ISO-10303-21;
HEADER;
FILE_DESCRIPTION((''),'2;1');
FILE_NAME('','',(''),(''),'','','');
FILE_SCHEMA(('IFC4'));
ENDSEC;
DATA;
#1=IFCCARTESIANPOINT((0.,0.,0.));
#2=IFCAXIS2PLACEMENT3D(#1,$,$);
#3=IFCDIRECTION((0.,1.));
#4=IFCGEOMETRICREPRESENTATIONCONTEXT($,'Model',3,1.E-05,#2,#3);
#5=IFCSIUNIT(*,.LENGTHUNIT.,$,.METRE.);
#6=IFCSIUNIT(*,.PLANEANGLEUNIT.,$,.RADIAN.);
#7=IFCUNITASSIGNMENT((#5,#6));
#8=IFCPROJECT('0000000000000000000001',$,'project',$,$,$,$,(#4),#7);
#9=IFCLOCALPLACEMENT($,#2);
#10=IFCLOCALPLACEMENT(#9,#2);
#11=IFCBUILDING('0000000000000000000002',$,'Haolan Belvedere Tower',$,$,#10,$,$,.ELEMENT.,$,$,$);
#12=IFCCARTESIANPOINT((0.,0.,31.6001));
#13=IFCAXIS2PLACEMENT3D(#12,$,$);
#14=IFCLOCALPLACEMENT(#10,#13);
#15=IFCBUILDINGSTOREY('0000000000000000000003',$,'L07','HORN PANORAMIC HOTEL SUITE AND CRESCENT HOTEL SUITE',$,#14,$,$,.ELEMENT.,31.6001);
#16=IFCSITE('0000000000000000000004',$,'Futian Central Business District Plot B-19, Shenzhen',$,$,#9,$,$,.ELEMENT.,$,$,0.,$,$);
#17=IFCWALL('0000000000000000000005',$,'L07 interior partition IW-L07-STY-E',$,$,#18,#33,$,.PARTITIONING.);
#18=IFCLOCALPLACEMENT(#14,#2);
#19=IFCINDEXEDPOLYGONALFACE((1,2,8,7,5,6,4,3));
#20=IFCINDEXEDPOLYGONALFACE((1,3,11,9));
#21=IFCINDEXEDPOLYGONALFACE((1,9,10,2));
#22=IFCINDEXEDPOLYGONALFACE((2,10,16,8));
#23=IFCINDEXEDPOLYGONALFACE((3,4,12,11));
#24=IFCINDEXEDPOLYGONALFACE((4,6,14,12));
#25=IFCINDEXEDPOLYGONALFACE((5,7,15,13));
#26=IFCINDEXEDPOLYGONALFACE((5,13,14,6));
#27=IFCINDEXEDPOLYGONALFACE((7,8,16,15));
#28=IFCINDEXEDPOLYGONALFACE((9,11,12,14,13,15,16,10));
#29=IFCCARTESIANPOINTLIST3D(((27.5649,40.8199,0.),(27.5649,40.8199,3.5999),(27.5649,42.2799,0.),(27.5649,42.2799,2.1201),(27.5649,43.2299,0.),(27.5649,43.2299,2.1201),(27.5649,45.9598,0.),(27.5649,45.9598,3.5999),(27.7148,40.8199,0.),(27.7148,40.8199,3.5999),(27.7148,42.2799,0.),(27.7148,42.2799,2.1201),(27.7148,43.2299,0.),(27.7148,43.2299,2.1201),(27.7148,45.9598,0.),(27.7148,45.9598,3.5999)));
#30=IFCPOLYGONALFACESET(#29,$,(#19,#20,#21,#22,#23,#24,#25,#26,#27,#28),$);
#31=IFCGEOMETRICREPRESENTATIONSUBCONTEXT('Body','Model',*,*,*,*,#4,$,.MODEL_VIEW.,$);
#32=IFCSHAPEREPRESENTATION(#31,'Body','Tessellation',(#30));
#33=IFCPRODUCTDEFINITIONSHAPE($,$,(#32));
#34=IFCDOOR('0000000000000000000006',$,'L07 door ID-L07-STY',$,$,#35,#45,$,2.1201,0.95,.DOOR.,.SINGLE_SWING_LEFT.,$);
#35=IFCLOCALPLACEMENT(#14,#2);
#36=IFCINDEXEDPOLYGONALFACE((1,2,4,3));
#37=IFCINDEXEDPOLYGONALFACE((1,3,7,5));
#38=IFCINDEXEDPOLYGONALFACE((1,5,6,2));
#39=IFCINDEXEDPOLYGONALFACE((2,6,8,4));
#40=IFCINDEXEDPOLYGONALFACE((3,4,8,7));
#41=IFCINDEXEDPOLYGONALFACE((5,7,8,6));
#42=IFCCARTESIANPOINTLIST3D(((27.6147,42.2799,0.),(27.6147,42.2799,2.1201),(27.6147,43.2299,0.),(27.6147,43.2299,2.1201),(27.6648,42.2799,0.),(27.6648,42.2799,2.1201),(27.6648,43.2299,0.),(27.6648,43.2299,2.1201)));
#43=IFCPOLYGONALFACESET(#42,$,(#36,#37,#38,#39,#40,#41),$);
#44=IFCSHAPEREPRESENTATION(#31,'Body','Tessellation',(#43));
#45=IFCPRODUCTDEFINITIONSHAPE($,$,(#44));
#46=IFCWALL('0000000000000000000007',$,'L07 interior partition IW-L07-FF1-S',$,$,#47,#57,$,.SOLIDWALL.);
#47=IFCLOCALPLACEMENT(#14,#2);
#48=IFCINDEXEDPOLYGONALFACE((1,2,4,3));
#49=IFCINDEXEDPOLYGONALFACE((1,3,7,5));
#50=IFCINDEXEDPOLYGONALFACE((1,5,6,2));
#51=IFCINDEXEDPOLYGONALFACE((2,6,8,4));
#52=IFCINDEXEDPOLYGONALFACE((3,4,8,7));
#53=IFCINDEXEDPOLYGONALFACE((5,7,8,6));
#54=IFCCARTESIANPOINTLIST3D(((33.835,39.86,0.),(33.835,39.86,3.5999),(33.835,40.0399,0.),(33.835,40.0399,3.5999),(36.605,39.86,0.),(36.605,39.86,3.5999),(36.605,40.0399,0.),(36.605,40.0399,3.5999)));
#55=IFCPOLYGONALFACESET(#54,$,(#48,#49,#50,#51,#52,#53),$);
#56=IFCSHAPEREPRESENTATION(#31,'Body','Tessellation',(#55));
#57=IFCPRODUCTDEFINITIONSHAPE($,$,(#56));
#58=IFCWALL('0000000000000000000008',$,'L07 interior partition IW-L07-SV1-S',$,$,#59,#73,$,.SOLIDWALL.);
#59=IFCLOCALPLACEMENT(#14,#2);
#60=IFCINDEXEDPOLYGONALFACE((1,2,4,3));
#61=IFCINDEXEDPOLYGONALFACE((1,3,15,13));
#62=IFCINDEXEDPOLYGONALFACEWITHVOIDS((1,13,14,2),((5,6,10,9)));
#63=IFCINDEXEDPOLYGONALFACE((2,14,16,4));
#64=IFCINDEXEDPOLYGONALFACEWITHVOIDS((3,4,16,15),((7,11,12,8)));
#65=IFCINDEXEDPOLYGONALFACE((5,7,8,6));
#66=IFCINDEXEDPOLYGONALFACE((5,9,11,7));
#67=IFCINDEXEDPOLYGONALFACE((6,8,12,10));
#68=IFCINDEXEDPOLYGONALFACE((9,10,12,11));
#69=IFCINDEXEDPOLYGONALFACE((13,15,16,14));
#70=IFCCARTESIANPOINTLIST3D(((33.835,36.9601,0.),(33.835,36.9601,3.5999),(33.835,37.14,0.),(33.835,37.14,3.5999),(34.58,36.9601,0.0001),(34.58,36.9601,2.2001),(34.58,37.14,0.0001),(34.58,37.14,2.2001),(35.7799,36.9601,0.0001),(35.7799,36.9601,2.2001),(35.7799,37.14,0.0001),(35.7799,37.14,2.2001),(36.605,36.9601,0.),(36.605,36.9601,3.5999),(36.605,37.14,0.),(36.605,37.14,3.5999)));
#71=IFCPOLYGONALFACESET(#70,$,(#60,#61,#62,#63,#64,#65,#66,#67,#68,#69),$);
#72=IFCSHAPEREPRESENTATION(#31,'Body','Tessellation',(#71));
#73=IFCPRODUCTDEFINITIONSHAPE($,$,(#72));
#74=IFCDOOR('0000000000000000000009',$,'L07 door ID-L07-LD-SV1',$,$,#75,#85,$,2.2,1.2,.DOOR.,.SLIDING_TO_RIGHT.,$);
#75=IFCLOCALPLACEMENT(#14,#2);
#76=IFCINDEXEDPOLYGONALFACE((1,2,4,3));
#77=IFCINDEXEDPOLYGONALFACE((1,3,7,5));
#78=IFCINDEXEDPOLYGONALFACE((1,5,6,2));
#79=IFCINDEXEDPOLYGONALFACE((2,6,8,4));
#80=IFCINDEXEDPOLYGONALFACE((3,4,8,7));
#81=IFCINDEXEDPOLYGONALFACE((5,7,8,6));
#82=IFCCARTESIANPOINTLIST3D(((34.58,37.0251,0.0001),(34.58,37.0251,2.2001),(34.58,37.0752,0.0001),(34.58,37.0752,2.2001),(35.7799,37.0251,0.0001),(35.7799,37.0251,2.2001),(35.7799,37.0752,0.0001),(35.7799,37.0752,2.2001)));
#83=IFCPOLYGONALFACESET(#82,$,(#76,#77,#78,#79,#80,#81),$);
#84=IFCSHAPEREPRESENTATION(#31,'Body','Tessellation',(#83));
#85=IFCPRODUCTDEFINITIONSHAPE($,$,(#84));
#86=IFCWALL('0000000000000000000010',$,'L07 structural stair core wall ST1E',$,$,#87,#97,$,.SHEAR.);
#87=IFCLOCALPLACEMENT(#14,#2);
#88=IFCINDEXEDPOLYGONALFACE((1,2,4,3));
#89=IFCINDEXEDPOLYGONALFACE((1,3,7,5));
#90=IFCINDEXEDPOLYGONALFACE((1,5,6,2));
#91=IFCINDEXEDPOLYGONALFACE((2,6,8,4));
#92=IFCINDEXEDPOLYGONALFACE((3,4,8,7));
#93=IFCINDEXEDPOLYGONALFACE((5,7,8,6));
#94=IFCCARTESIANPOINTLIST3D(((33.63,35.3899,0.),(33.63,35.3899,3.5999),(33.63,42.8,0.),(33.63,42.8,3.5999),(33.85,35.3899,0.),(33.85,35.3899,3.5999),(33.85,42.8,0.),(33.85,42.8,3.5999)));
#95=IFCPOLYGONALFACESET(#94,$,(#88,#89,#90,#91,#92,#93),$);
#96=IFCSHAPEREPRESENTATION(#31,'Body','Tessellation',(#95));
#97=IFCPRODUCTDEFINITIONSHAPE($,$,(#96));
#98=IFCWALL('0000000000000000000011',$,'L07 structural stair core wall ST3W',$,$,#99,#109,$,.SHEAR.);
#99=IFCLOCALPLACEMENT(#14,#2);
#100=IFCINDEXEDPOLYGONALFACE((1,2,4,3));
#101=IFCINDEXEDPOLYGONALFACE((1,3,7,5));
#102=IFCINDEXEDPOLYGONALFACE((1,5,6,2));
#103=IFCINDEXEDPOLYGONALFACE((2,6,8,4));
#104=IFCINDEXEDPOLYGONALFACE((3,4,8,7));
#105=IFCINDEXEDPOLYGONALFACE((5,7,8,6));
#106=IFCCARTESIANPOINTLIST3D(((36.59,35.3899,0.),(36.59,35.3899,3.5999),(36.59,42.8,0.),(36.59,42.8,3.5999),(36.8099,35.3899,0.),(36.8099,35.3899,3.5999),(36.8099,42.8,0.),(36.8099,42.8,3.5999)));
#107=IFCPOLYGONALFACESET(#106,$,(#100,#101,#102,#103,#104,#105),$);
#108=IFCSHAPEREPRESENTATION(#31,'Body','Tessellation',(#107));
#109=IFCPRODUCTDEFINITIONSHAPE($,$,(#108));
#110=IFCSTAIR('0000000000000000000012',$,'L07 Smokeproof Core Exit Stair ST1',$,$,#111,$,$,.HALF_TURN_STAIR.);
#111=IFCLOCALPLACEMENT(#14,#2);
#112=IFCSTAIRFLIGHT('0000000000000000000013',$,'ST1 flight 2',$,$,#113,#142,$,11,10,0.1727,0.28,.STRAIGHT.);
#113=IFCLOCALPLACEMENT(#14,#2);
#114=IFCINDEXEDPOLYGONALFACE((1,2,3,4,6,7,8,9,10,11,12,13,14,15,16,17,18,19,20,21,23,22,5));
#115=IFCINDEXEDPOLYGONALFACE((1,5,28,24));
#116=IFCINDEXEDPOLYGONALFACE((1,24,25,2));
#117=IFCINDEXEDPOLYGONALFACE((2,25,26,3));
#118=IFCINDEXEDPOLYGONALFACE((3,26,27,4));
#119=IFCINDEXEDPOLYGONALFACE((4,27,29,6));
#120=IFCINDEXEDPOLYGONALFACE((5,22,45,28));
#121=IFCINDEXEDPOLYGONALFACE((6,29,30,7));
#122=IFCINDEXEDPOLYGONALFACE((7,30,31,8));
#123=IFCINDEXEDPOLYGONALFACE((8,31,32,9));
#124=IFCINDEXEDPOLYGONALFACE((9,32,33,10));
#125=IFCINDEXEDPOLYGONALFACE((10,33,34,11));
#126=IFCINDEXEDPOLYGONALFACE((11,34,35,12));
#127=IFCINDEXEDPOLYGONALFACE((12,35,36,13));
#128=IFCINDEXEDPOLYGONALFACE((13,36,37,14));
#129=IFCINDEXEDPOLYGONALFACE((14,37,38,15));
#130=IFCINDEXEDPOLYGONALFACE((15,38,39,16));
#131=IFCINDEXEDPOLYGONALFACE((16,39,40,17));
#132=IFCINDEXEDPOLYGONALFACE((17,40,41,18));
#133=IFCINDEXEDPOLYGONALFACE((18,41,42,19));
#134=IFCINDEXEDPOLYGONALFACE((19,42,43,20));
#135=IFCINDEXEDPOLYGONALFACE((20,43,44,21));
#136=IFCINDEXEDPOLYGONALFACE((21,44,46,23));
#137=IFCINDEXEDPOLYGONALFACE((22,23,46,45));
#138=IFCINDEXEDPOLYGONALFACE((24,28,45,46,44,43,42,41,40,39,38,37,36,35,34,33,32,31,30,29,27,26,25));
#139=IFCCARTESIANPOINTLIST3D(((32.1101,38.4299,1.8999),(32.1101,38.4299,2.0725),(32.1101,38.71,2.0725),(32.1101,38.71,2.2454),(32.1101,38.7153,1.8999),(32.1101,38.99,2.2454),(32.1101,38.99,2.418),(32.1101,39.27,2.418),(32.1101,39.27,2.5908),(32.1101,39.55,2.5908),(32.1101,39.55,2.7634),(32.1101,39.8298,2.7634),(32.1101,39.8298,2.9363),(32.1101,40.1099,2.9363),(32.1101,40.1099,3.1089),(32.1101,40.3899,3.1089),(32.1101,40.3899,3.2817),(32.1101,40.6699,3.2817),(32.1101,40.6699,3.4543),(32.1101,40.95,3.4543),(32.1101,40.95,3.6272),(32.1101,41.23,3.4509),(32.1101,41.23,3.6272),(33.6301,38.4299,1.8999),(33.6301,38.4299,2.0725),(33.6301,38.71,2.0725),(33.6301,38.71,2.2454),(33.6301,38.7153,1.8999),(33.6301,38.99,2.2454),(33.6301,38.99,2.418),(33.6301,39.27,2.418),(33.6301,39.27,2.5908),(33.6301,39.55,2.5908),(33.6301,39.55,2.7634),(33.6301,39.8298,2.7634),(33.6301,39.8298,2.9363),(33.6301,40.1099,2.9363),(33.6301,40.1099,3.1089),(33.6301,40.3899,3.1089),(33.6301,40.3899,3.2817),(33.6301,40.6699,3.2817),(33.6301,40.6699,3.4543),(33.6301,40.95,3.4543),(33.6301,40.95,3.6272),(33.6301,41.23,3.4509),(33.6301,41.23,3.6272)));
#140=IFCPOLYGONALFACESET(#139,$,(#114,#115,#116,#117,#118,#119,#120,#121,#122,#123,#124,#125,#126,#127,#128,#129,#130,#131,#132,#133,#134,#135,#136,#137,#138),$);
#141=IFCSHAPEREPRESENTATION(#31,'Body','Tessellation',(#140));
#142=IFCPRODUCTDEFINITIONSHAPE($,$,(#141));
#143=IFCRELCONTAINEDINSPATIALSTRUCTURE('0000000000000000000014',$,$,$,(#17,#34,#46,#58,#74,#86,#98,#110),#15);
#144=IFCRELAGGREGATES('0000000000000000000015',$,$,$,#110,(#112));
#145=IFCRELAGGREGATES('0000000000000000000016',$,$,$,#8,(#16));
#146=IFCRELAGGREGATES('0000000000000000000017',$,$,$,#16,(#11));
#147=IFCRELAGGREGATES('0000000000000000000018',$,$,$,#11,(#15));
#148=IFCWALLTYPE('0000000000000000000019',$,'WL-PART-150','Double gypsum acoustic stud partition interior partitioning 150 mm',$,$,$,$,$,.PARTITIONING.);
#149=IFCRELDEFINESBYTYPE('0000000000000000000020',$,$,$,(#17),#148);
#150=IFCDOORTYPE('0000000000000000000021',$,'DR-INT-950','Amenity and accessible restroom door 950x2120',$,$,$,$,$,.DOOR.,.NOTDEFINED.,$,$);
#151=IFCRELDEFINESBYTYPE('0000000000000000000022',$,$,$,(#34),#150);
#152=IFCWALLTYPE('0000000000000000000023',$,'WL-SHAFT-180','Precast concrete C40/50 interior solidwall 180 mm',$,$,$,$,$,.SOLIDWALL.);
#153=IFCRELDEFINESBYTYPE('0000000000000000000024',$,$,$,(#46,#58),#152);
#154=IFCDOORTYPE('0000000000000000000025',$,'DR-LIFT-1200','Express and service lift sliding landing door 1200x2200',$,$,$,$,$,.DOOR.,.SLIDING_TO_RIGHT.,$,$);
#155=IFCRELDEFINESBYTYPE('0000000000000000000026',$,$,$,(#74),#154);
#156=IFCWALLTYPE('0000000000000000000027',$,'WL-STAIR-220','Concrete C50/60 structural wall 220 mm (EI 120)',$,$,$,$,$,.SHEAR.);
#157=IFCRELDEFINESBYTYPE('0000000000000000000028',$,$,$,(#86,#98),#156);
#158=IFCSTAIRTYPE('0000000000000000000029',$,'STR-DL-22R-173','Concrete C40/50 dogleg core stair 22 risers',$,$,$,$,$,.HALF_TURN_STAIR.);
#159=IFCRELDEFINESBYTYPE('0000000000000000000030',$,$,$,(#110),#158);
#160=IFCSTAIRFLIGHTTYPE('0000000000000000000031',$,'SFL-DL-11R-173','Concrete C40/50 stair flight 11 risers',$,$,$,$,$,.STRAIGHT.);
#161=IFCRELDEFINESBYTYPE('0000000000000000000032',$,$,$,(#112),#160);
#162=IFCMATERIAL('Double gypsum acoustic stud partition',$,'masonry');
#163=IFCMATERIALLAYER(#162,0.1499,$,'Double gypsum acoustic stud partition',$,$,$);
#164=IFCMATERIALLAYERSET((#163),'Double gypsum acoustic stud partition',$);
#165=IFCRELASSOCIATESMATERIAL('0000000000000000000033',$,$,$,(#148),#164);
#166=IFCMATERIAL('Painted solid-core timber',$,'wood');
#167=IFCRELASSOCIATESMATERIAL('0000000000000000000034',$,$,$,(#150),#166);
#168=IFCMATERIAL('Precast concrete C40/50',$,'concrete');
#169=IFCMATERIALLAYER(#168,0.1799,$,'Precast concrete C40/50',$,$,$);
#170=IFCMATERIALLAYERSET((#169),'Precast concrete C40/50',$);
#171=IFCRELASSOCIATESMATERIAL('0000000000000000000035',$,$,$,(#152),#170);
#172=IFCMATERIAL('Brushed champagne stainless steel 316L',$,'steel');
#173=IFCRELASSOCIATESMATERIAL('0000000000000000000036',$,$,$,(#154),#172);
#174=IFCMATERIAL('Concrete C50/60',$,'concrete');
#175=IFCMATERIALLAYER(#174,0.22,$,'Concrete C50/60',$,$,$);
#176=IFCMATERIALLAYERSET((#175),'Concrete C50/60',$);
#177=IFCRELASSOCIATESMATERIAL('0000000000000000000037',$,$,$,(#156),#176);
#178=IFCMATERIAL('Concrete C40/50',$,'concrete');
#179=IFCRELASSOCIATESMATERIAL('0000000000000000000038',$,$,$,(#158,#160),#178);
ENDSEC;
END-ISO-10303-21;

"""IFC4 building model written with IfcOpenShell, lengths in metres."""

from ifc_helpers import new_model, si_unit, direction, frame, frame_2d, origin, place, context, subcontext, project, spatial, polyline, rectangle, outline, extrude, material, layer, layer_set, type_object, element, fill, aggregate, save


model = new_model("IFC4")

# Units and contexts
model_context = context("Model", 3, precision=1e-05, world=origin(), true_north=direction((0.0, 1.0)))
body_context = subcontext(model_context, "Body", "Model", "MODEL_VIEW")
ifc_project = project(units=[si_unit("LENGTHUNIT", "METRE"), si_unit("PLANEANGLEUNIT", "RADIAN")], contexts=[model_context])

# Site, building, storey
site_placement = place(None, origin())
site = spatial("IfcSite", under=ifc_project, at=site_placement, Name="Futian Central Business District Plot B-19, Shenzhen", CompositionType="ELEMENT", RefElevation=0.0)
building_placement = place(site_placement, origin())
building = spatial("IfcBuilding", under=site, at=building_placement, Name="Haolan Belvedere Tower", CompositionType="ELEMENT")
storey_placement = place(building_placement, frame((0.0, 0.0, 31.6001)))
storey = spatial("IfcBuildingStorey", under=building, at=storey_placement, Name="L07", Description="HORN PANORAMIC HOTEL SUITE AND CRESCENT HOTEL SUITE", CompositionType="ELEMENT", Elevation=31.6001)

# Wall, opening, door
ifc_material_1 = material(Name="Double gypsum acoustic stud partition", Category="masonry")
ifc_layer_1 = layer(ifc_material_1, 0.1499, Name="Double gypsum acoustic stud partition")
ifc_layer_set_1 = layer_set([ifc_layer_1], Name="Double gypsum acoustic stud partition")
wall_type_1 = type_object("IfcWallType", Name="WL-PART-150", Description="Double gypsum acoustic stud partition interior partitioning 150 mm", PredefinedType="PARTITIONING", material=ifc_layer_set_1)
ifc_material_2 = material(Name="Painted solid-core timber", Category="wood")
door_type_1 = type_object("IfcDoorType", Name="DR-INT-950", Description="Amenity and accessible restroom door 950x2120", OperationType="NOTDEFINED", PredefinedType="DOOR", material=ifc_material_2)
wall_1_placement = place(storey_placement, frame((27.6399, 40.8201, 0.0), z_axis=(0.0, 0.0, 1.0), x_axis=(0.0, 1.0, 0.0)))
wall_1 = element("IfcWall", 1, at=wall_1_placement, inside=storey, type_object=wall_type_1, Name="L07 interior partition IW-L07-STY-E", PredefinedType="PARTITIONING", context=body_context, shape_type="SweptSolid", body=[
    extrude(rectangle(XDim=5.1399, YDim=0.1499, at=frame_2d((2.5698, 0.0))), origin(), (0.0, 0.0, 1.0), 3.5999),
])
opening_1_placement = place(wall_1_placement, frame((2.4099, 0.0, 0.0), z_axis=(0.0, 0.0, 1.0), x_axis=(-1.0, 0.0, 0.0)))
opening_1 = element("IfcOpeningElement", 2, at=opening_1_placement, cuts=wall_1, PredefinedType="OPENING", context=body_context, shape_type="SweptSolid", body=[
    extrude(rectangle(XDim=0.95, YDim=2.1201, at=frame_2d((0.4751, 1.0601))), frame((0.0, 0.085, 0.0), z_axis=(0.0, -1.0, 0.0), x_axis=(1.0, 0.0, 0.0)), (0.0, 0.0, 1.0), 0.1699),
])
door_1_placement = place(opening_1_placement, origin())
door_1 = element("IfcDoor", 3, at=door_1_placement, inside=storey, type_object=door_type_1, Name="L07 door ID-L07-STY", OperationType="SINGLE_SWING_LEFT", OverallHeight=2.1201, OverallWidth=0.95, PredefinedType="DOOR", context=body_context, shape_type="SweptSolid", body=[
    extrude(rectangle(XDim=0.95, YDim=2.1201, at=frame_2d((0.4751, 1.0601))), frame((0.0, 0.0249, 0.0), z_axis=(0.0, -1.0, 0.0), x_axis=(1.0, 0.0, 0.0)), (0.0, 0.0, 1.0), 0.05),
])
fill(opening_1, door_1)

# Wall
ifc_material_3 = material(Name="Precast concrete C40/50", Category="concrete")
ifc_layer_2 = layer(ifc_material_3, 0.1799, Name="Precast concrete C40/50")
ifc_layer_set_2 = layer_set([ifc_layer_2], Name="Precast concrete C40/50")
wall_type_2 = type_object("IfcWallType", Name="WL-SHAFT-180", Description="Precast concrete C40/50 interior solidwall 180 mm", PredefinedType="SOLIDWALL", material=ifc_layer_set_2)
wall_2_placement = place(storey_placement, frame((33.835, 39.95, 0.0), z_axis=(0.0, 0.0, 1.0), x_axis=(1.0, 0.0, 0.0)))
element("IfcWall", 4, at=wall_2_placement, inside=storey, type_object=wall_type_2, Name="L07 interior partition IW-L07-FF1-S", PredefinedType="SOLIDWALL", context=body_context, shape_type="SweptSolid", body=[
    extrude(rectangle(XDim=2.77, YDim=0.1799, at=frame_2d((1.385, 0.0))), origin(), (0.0, 0.0, 1.0), 3.5999),
])

# Wall, opening, door
wall_3_placement = place(storey_placement, frame((33.835, 37.05, 0.0), z_axis=(0.0, 0.0, 1.0), x_axis=(1.0, 0.0, 0.0)))
wall_3 = element("IfcWall", 5, at=wall_3_placement, inside=storey, type_object=wall_type_2, Name="L07 interior partition IW-L07-SV1-S", PredefinedType="SOLIDWALL", context=body_context, shape_type="SweptSolid", body=[
    extrude(rectangle(XDim=2.77, YDim=0.1799, at=frame_2d((1.385, 0.0))), origin(), (0.0, 0.0, 1.0), 3.5999),
])
opening_2_placement = place(wall_3_placement, frame((1.9451, 0.0, 0.0), z_axis=(0.0, 0.0, 1.0), x_axis=(-1.0, 0.0, 0.0)))
opening_2 = element("IfcOpeningElement", 6, at=opening_2_placement, cuts=wall_3, PredefinedType="OPENING", context=body_context, shape_type="SweptSolid", body=[
    extrude(rectangle(XDim=1.2, YDim=2.2, at=frame_2d((0.6001, 1.1001))), frame((0.0, 0.0999, 0.0), z_axis=(0.0, -1.0, 0.0), x_axis=(1.0, 0.0, 0.0)), (0.0, 0.0, 1.0), 0.2),
])
ifc_material_4 = material(Name="Brushed champagne stainless steel 316L", Category="steel")
door_type_2 = type_object("IfcDoorType", Name="DR-LIFT-1200", Description="Express and service lift sliding landing door 1200x2200", OperationType="SLIDING_TO_RIGHT", PredefinedType="DOOR", material=ifc_material_4)
door_2_placement = place(opening_2_placement, origin())
door_2 = element("IfcDoor", 7, at=door_2_placement, inside=storey, type_object=door_type_2, Name="L07 door ID-L07-LD-SV1", OperationType="SLIDING_TO_RIGHT", OverallHeight=2.2, OverallWidth=1.2, PredefinedType="DOOR", context=body_context, shape_type="SweptSolid", body=[
    extrude(rectangle(XDim=1.2, YDim=2.2, at=frame_2d((0.6001, 1.1001))), frame((0.0, 0.0249, 0.0), z_axis=(0.0, -1.0, 0.0), x_axis=(1.0, 0.0, 0.0)), (0.0, 0.0, 1.0), 0.05),
])
fill(opening_2, door_2)

# Walls
ifc_material_5 = material(Name="Concrete C50/60", Category="concrete")
ifc_layer_3 = layer(ifc_material_5, 0.22, Name="Concrete C50/60")
ifc_layer_set_3 = layer_set([ifc_layer_3], Name="Concrete C50/60")
wall_type_3 = type_object("IfcWallType", Name="WL-STAIR-220", Description="Concrete C50/60 structural wall 220 mm (EI 120)", PredefinedType="SHEAR", material=ifc_layer_set_3)
for number, where, z_axis, x_axis, name in (
    (8, (33.74, 35.3899, 0.0), (0.0, 0.0, 1.0), (0.0, 1.0, 0.0), "L07 structural stair core wall ST1E"),
    (9, (36.7, 35.3899, 0.0), (0.0, 0.0, 1.0), (0.0, 1.0, 0.0), "L07 structural stair core wall ST3W"),
):
    element("IfcWall", number, at=place(storey_placement, frame(where, z_axis=z_axis, x_axis=x_axis)), inside=storey, type_object=wall_type_3, Name=name, PredefinedType="SHEAR", context=body_context, shape_type="SweptSolid", body=[
        extrude(rectangle(XDim=7.4102, YDim=0.22, at=frame_2d((3.7051, 0.0))), origin(), (0.0, 0.0, 1.0), 3.5999),
    ])

# Stair, stair flight
ifc_material_6 = material(Name="Concrete C40/50", Category="concrete")
stair_type = type_object("IfcStairType", Name="STR-DL-22R-173", Description="Concrete C40/50 dogleg core stair 22 risers", PredefinedType="HALF_TURN_STAIR", material=ifc_material_6)
stair_placement = place(storey_placement, origin())
stair = element("IfcStair", 10, at=stair_placement, inside=storey, type_object=stair_type, Name="L07 Smokeproof Core Exit Stair ST1", PredefinedType="HALF_TURN_STAIR")
stair_flight_type = type_object("IfcStairFlightType", Name="SFL-DL-11R-173", Description="Concrete C40/50 stair flight 11 risers", PredefinedType="STRAIGHT", material=ifc_material_6)
stair_flight_placement = place(storey_placement, frame((32.8701, 38.4299, 1.8999), z_axis=(0.0, 0.0, 1.0), x_axis=(0.0, 1.0, 0.0)))
stair_flight = element("IfcStairFlight", 11, at=stair_flight_placement, type_object=stair_flight_type, Name="ST1 flight 2", NumberOfRisers=11, NumberOfTreads=10, PredefinedType="STRAIGHT", RiserHeight=0.1727, TreadLength=0.28, context=body_context, shape_type="SweptSolid", body=[
    extrude(outline(polyline([(0.0, 0.0), (0.0, 0.1726), (0.28, 0.1726), (0.28, 0.3455), (0.5601, 0.3455), (0.5601, 0.5181), (0.8401, 0.5181), (0.8401, 0.6909), (1.1201, 0.6909), (1.1201, 0.8635), (1.3999, 0.8635), (1.3999, 1.0364), (1.6799, 1.0364), (1.6799, 1.209), (1.96, 1.209), (1.96, 1.3818), (2.24, 1.3818), (2.24, 1.5544), (2.52, 1.5544), (2.52, 1.7273), (2.8, 1.7273), (2.8, 1.8999), (2.8, 1.551), (0.2854, 0.0), (0.0, 0.0)])), frame((0.0, 0.76, 0.0), z_axis=(0.0, -1.0, 0.0), x_axis=(1.0, 0.0, 0.0)), (0.0, 0.0, 1.0), 1.52),
])
aggregate(stair, [stair_flight])

save(model, "model.ifc")
